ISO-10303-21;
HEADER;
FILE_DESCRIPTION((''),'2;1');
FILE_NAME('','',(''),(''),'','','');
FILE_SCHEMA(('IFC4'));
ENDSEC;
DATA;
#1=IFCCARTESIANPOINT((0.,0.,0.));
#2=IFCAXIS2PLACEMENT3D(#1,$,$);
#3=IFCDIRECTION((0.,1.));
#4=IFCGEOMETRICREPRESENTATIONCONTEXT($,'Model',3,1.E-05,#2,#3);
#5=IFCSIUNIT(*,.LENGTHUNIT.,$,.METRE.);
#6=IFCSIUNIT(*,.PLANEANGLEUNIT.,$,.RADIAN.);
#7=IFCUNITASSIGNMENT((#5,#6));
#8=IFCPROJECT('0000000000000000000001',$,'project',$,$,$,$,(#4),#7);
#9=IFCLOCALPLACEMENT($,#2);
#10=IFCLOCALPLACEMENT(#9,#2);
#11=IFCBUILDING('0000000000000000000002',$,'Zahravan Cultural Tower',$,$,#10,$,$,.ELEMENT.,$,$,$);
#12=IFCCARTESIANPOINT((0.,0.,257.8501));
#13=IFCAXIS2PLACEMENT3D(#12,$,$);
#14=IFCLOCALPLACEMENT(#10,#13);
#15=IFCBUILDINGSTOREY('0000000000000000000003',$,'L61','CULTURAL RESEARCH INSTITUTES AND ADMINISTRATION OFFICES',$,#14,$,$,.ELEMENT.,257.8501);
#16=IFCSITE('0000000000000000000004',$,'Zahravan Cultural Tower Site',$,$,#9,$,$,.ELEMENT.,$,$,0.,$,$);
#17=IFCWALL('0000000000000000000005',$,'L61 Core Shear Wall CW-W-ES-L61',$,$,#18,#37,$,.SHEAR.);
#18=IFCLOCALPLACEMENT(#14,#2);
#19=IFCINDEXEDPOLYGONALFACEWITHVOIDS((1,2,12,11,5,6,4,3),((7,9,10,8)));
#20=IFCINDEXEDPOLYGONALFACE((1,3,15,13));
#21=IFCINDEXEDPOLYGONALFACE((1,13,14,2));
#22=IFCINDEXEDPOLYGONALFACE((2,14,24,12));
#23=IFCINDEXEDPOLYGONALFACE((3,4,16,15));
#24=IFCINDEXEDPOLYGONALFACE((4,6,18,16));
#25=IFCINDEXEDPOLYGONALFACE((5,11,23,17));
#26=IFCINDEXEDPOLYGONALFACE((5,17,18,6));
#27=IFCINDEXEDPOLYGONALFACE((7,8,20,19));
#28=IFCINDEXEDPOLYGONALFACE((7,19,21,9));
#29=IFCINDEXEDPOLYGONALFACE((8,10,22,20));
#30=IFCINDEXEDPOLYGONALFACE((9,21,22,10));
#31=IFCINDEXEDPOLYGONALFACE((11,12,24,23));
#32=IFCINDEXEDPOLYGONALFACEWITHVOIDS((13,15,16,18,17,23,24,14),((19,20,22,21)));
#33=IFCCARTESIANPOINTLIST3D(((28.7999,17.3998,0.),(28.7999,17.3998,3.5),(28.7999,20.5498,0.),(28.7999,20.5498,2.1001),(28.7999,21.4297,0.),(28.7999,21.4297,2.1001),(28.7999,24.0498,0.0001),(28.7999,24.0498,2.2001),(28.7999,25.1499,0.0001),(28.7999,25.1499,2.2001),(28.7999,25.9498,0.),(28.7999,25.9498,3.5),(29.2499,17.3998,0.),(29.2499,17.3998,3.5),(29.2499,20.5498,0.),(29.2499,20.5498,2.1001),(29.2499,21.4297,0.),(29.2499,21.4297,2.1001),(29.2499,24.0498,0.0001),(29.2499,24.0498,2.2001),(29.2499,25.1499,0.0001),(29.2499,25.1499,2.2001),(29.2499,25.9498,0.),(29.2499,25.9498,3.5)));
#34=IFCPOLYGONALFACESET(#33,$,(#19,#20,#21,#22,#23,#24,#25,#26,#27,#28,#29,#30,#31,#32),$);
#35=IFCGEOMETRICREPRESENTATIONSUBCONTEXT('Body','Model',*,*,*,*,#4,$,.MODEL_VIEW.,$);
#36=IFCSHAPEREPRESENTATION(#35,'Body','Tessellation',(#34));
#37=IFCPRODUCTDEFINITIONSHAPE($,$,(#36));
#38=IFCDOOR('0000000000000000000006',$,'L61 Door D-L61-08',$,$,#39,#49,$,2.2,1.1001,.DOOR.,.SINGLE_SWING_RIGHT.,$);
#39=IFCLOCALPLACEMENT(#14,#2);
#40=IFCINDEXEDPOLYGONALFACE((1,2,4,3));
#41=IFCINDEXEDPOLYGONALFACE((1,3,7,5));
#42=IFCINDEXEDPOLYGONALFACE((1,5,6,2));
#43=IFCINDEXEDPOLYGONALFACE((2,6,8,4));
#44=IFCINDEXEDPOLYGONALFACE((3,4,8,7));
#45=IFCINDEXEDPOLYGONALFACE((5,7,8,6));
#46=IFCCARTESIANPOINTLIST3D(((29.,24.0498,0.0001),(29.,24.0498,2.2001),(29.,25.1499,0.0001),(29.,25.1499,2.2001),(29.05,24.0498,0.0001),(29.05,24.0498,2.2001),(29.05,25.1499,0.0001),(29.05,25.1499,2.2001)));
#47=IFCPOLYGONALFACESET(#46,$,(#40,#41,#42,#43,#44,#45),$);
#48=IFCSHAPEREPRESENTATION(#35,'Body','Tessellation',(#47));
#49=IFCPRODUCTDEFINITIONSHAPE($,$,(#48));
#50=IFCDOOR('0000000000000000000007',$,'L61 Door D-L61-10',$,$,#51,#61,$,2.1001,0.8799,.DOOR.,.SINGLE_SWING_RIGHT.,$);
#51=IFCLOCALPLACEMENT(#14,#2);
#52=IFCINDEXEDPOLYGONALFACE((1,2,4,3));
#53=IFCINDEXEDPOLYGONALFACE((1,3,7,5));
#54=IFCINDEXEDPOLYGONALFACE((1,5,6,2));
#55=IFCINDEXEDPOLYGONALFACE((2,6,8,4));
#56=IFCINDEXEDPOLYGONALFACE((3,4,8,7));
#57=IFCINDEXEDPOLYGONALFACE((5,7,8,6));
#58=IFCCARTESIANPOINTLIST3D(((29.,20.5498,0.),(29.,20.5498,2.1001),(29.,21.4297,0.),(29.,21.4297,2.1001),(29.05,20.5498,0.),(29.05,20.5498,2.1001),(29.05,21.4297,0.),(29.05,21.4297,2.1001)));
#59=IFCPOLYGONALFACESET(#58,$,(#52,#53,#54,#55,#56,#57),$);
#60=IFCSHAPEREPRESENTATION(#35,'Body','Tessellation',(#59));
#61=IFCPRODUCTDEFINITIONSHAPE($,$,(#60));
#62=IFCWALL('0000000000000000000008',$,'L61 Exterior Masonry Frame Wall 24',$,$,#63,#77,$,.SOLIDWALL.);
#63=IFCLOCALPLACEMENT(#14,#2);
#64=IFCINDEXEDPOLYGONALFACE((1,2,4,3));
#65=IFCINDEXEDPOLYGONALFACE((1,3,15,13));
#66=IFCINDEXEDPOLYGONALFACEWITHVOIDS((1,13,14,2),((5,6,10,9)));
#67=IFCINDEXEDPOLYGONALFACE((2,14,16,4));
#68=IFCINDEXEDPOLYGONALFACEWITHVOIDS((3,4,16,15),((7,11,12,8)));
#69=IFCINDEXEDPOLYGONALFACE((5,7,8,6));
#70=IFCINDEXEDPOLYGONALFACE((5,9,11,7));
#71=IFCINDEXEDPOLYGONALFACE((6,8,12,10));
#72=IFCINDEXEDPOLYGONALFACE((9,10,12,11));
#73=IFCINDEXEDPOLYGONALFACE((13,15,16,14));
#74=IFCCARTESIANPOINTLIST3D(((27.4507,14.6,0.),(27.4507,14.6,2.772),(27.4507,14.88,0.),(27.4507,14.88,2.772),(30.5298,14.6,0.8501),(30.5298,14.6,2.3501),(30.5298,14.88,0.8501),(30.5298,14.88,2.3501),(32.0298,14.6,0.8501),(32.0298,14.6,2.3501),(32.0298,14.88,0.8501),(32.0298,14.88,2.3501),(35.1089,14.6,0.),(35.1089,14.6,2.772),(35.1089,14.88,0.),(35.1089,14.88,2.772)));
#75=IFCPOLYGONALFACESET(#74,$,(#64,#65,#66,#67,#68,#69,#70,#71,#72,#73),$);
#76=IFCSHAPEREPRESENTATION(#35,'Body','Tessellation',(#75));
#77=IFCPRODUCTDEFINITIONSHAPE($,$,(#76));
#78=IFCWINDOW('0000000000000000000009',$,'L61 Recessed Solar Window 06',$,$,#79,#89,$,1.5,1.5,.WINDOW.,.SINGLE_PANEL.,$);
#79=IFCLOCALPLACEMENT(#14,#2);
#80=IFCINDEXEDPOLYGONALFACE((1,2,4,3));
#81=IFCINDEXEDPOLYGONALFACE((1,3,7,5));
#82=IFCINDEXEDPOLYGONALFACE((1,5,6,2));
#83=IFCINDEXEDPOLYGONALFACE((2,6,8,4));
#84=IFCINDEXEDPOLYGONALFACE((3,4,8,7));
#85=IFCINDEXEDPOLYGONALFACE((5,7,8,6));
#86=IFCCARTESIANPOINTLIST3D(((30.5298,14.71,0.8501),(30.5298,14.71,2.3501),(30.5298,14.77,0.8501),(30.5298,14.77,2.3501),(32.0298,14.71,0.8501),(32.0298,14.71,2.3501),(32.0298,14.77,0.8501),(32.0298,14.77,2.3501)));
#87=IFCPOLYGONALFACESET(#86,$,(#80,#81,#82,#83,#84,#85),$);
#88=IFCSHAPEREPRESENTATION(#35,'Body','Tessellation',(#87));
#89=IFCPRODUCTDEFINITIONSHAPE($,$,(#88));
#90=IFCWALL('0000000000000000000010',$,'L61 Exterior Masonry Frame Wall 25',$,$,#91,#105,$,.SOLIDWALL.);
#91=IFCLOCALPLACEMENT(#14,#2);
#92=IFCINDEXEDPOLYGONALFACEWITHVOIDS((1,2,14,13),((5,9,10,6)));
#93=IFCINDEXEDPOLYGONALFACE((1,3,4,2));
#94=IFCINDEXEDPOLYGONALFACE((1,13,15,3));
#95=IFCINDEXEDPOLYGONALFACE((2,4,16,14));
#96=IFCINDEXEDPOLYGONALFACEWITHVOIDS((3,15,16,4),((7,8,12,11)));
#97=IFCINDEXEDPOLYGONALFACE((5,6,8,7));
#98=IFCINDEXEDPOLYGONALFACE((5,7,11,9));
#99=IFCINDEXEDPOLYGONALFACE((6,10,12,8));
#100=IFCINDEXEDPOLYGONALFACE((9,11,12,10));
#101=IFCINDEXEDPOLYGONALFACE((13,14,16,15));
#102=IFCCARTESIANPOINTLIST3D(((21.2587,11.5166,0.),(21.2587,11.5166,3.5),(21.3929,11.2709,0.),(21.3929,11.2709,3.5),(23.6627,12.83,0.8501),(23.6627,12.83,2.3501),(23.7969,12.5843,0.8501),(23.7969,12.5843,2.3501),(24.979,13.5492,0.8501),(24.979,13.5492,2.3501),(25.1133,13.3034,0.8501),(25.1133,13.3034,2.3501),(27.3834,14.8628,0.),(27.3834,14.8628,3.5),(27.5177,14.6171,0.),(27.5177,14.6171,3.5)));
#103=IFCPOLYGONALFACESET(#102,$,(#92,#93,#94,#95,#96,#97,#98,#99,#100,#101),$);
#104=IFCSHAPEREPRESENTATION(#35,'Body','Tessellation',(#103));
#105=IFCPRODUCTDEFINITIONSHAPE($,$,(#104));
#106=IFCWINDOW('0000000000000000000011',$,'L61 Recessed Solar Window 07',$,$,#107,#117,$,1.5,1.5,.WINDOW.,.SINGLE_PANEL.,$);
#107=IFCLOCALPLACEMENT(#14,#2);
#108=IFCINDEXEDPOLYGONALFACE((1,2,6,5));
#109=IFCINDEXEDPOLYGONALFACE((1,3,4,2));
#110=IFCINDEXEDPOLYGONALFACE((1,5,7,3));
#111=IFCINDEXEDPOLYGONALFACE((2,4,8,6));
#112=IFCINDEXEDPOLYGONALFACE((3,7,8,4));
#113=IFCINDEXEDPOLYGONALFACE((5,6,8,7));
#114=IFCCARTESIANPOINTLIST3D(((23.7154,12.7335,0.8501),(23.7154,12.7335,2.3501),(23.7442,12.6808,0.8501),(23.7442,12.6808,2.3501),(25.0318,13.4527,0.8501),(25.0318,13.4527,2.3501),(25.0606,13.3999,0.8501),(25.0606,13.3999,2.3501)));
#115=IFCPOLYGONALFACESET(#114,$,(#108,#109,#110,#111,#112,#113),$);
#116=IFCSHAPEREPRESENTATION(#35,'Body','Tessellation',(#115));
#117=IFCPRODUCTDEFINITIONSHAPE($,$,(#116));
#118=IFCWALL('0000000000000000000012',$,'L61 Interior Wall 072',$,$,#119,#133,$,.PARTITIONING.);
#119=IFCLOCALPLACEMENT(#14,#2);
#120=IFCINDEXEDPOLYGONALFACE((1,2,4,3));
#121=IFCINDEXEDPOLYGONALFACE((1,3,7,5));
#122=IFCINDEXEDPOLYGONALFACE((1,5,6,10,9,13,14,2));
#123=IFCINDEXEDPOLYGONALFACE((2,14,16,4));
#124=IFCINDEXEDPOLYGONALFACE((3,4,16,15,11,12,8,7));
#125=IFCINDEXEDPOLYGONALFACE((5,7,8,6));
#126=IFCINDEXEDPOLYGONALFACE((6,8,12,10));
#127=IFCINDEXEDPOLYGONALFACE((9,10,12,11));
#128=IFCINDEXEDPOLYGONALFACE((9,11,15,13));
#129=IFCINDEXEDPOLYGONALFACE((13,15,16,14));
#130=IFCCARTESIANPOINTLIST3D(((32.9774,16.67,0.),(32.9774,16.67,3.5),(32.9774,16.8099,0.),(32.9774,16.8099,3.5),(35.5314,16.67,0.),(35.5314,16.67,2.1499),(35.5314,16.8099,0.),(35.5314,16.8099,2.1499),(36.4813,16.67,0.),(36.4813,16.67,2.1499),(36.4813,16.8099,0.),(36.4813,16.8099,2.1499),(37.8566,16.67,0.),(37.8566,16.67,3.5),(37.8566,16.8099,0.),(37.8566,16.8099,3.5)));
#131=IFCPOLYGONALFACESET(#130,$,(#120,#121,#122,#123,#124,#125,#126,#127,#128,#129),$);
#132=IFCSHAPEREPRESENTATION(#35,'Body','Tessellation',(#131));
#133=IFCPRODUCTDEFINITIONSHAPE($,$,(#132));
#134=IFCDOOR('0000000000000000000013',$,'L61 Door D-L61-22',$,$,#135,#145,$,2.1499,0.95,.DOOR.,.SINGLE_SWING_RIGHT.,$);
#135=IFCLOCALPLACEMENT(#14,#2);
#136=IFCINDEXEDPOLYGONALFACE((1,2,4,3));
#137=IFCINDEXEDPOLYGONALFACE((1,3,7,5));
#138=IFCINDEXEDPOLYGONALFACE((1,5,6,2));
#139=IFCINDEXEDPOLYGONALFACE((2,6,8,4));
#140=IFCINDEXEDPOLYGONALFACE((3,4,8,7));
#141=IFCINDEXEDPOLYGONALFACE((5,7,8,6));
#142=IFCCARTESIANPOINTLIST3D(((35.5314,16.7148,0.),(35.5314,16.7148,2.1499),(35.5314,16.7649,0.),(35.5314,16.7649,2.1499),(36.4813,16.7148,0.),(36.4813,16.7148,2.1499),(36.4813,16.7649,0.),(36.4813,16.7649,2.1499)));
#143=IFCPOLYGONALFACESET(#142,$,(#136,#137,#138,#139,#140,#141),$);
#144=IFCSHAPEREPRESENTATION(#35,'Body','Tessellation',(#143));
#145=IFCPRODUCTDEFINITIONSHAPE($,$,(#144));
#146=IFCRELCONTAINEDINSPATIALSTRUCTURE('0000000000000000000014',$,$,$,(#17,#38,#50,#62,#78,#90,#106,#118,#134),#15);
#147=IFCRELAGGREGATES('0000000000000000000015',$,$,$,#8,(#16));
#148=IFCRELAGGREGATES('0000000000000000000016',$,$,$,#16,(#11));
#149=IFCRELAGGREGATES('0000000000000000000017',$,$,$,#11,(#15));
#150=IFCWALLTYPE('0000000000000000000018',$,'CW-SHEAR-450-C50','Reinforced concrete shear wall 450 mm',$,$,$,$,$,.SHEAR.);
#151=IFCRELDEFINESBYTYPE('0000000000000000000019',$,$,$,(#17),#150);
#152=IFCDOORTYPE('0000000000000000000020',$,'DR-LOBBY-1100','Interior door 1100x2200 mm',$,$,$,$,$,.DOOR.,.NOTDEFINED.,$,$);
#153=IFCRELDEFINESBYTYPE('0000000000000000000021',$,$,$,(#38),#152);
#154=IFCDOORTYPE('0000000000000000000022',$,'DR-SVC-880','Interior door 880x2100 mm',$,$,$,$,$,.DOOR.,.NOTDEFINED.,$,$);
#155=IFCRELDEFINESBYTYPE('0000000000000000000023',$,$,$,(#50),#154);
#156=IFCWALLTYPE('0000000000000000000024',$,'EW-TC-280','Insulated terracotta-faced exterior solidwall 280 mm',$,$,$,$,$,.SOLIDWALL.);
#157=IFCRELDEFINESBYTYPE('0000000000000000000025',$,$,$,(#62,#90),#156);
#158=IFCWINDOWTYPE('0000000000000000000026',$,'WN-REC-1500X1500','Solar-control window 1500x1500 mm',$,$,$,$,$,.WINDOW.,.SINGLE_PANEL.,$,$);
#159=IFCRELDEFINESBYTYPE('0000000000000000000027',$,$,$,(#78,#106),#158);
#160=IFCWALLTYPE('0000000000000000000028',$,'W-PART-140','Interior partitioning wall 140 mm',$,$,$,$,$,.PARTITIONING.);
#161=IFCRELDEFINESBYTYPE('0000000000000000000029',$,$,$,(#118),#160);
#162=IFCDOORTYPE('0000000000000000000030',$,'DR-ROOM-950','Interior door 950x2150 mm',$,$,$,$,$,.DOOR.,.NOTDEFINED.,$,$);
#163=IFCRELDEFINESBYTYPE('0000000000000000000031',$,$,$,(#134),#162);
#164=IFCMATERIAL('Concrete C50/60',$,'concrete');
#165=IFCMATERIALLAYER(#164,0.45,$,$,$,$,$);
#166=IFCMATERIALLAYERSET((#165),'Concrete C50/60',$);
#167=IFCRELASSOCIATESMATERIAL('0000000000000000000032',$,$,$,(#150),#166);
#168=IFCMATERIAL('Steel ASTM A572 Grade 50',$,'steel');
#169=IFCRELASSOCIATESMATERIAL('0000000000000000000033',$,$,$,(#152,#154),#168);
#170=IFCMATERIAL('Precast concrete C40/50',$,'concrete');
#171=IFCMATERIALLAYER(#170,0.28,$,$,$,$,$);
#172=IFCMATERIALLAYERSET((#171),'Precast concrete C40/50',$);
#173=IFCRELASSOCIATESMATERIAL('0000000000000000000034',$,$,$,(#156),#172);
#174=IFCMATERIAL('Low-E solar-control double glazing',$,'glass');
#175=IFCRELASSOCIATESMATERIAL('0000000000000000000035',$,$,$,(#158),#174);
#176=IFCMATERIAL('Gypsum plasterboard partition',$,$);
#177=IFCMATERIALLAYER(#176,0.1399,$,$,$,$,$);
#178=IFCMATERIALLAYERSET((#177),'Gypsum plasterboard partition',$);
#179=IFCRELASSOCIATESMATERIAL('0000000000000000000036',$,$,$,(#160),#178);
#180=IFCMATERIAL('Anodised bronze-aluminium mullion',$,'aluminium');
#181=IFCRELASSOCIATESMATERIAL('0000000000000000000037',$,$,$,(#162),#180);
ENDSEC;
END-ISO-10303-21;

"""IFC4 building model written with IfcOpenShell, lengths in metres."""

from ifc_helpers import new_model, si_unit, direction, frame, frame_2d, origin, place, context, subcontext, project, spatial, rectangle, extrude, source, transform, mapped, material, layer, layer_set, type_object, element, fill, save


model = new_model("IFC4")

# Units and contexts
model_context = context("Model", 3, precision=1e-05, world=origin(), true_north=direction((0.0, 1.0)))
body_context = subcontext(model_context, "Body", "Model", "MODEL_VIEW")
ifc_project = project(units=[si_unit("LENGTHUNIT", "METRE"), si_unit("PLANEANGLEUNIT", "RADIAN")], contexts=[model_context])

# Site, building, storey
site_placement = place(None, origin())
site = spatial("IfcSite", under=ifc_project, at=site_placement, Name="Zahravan Cultural Tower Site", CompositionType="ELEMENT", RefElevation=0.0)
building_placement = place(site_placement, origin())
building = spatial("IfcBuilding", under=site, at=building_placement, Name="Zahravan Cultural Tower", CompositionType="ELEMENT")
storey_placement = place(building_placement, frame((0.0, 0.0, 257.8501)))
storey = spatial("IfcBuildingStorey", under=building, at=storey_placement, Name="L61", Description="CULTURAL RESEARCH INSTITUTES AND ADMINISTRATION OFFICES", CompositionType="ELEMENT", Elevation=257.8501)

# Shared definitions
ifc_material_1 = material(Name="Concrete C50/60", Category="concrete")

# Wall, openings, doors
ifc_layer_1 = layer(ifc_material_1, 0.45)
ifc_layer_set_1 = layer_set([ifc_layer_1], Name="Concrete C50/60")
wall_type_1 = type_object("IfcWallType", Name="CW-SHEAR-450-C50", Description="Reinforced concrete shear wall 450 mm", PredefinedType="SHEAR", material=ifc_layer_set_1)
wall_1_placement = place(storey_placement, frame((29.0249, 17.3999, 0.0), z_axis=(0.0, 0.0, 1.0), x_axis=(0.0, 1.0, 0.0)))
wall_1 = element("IfcWall", 1, at=wall_1_placement, inside=storey, type_object=wall_type_1, Name="L61 Core Shear Wall CW-W-ES-L61", PredefinedType="SHEAR", context=body_context, shape_type="SweptSolid", body=[
    extrude(rectangle(XDim=8.55, YDim=0.45, at=frame_2d((4.2749, 0.0))), origin(), (0.0, 0.0, 1.0), 3.5),
])
opening_1_placement = place(wall_1_placement, frame((6.6499, 0.0, 0.0)))
opening_1 = element("IfcOpeningElement", 2, at=opening_1_placement, cuts=wall_1, PredefinedType="OPENING", context=body_context, shape_type="SweptSolid", body=[
    extrude(rectangle(XDim=1.1001, YDim=2.2, at=frame_2d((0.55, 1.1001))), frame((0.0, 0.2349, 0.0), z_axis=(0.0, -1.0, 0.0), x_axis=(1.0, 0.0, 0.0)), (0.0, 0.0, 1.0), 0.47),
])
opening_2_placement = place(wall_1_placement, frame((3.1499, 0.0, 0.0)))
opening_2 = element("IfcOpeningElement", 3, at=opening_2_placement, cuts=wall_1, PredefinedType="OPENING", context=body_context, shape_type="SweptSolid", body=[
    extrude(rectangle(XDim=0.8799, YDim=2.1001, at=frame_2d((0.4399, 1.05))), frame((0.0, 0.2349, 0.0), z_axis=(0.0, -1.0, 0.0), x_axis=(1.0, 0.0, 0.0)), (0.0, 0.0, 1.0), 0.47),
])
ifc_material_2 = material(Name="Steel ASTM A572 Grade 50", Category="steel")
door_type_1 = type_object("IfcDoorType", Name="DR-LOBBY-1100", Description="Interior door 1100x2200 mm", OperationType="NOTDEFINED", PredefinedType="DOOR", material=ifc_material_2)
shared_shape_1 = source(origin(), body_context, "Body", "SweptSolid", [
    extrude(rectangle(XDim=1.1001, YDim=2.2, at=frame_2d((0.55, 1.1001))), frame((0.0, 0.0249, 0.0), z_axis=(0.0, -1.0, 0.0), x_axis=(1.0, 0.0, 0.0)), (0.0, 0.0, 1.0), 0.05),
])
door_1_placement = place(opening_1_placement, origin())
door_1 = element("IfcDoor", 4, at=door_1_placement, inside=storey, type_object=door_type_1, Name="L61 Door D-L61-08", OperationType="SINGLE_SWING_RIGHT", OverallHeight=2.2, OverallWidth=1.1001, PredefinedType="DOOR", context=body_context, shape_type="MappedRepresentation", body=[
    mapped(shared_shape_1, transform((0.0, 0.0, 0.0), x_axis=(1.0, 0.0, 0.0), y_axis=(0.0, 1.0, 0.0), z_axis=(0.0, 0.0, 1.0), scale=1.0)),
])
fill(opening_1, door_1)
door_type_2 = type_object("IfcDoorType", Name="DR-SVC-880", Description="Interior door 880x2100 mm", OperationType="NOTDEFINED", PredefinedType="DOOR", material=ifc_material_2)
shared_shape_2 = source(origin(), body_context, "Body", "SweptSolid", [
    extrude(rectangle(XDim=0.8799, YDim=2.1001, at=frame_2d((0.4399, 1.05))), frame((0.0, 0.0249, 0.0), z_axis=(0.0, -1.0, 0.0), x_axis=(1.0, 0.0, 0.0)), (0.0, 0.0, 1.0), 0.05),
])
door_2_placement = place(opening_2_placement, origin())
door_2 = element("IfcDoor", 5, at=door_2_placement, inside=storey, type_object=door_type_2, Name="L61 Door D-L61-10", OperationType="SINGLE_SWING_RIGHT", OverallHeight=2.1001, OverallWidth=0.8799, PredefinedType="DOOR", context=body_context, shape_type="MappedRepresentation", body=[
    mapped(shared_shape_2, transform((0.0, 0.0, 0.0), x_axis=(1.0, 0.0, 0.0), y_axis=(0.0, 1.0, 0.0), z_axis=(0.0, 0.0, 1.0), scale=1.0)),
])
fill(opening_2, door_2)

# Walls, openings, windows
ifc_material_3 = material(Name="Precast concrete C40/50", Category="concrete")
ifc_layer_2 = layer(ifc_material_3, 0.28)
ifc_layer_set_2 = layer_set([ifc_layer_2], Name="Precast concrete C40/50")
wall_type_2 = type_object("IfcWallType", Name="EW-TC-280", Description="Insulated terracotta-faced exterior solidwall 280 mm", PredefinedType="SOLIDWALL", material=ifc_layer_set_2)
wall_2_placement = place(storey_placement, frame((35.1089, 14.74, 0.0), z_axis=(0.0, 0.0, 1.0), x_axis=(-1.0, 0.0, 0.0)))
wall_2 = element("IfcWall", 6, at=wall_2_placement, inside=storey, type_object=wall_type_2, Name="L61 Exterior Masonry Frame Wall 24", PredefinedType="SOLIDWALL", context=body_context, shape_type="SweptSolid", body=[
    extrude(rectangle(XDim=7.6582, YDim=0.28, at=frame_2d((3.8291, 0.0))), origin(), (0.0, 0.0, 1.0), 2.772),
])
opening_3_placement = place(wall_2_placement, frame((3.0791, 0.0, 0.8501)))
opening_3 = element("IfcOpeningElement", 7, at=opening_3_placement, cuts=wall_2, PredefinedType="OPENING", context=body_context, shape_type="SweptSolid", body=[
    extrude(rectangle(XDim=1.5, YDim=1.5, at=frame_2d((0.75, 0.75))), frame((0.0, 0.1499, 0.0), z_axis=(0.0, -1.0, 0.0), x_axis=(1.0, 0.0, 0.0)), (0.0, 0.0, 1.0), 0.3),
])
ifc_material_4 = material(Name="Low-E solar-control double glazing", Category="glass")
window_type = type_object("IfcWindowType", Name="WN-REC-1500X1500", Description="Solar-control window 1500x1500 mm", PartitioningType="SINGLE_PANEL", PredefinedType="WINDOW", material=ifc_material_4)
shared_shape_3 = source(origin(), body_context, "Body", "SweptSolid", [
    extrude(rectangle(XDim=1.5, YDim=1.5, at=frame_2d((0.75, 0.75))), frame((0.0, 0.03, 0.0), z_axis=(0.0, -1.0, 0.0), x_axis=(1.0, 0.0, 0.0)), (0.0, 0.0, 1.0), 0.0601),
])
window_1_placement = place(opening_3_placement, origin())
window_1 = element("IfcWindow", 8, at=window_1_placement, inside=storey, type_object=window_type, Name="L61 Recessed Solar Window 06", OverallHeight=1.5, OverallWidth=1.5, PartitioningType="SINGLE_PANEL", PredefinedType="WINDOW", context=body_context, shape_type="MappedRepresentation", body=[
    mapped(shared_shape_3, transform((0.0, 0.0, 0.0), x_axis=(1.0, 0.0, 0.0), y_axis=(0.0, 1.0, 0.0), z_axis=(0.0, 0.0, 1.0), scale=1.0)),
])
fill(opening_3, window_1)
wall_3_placement = place(storey_placement, frame((27.4507, 14.74, 0.0), z_axis=(0.0, 0.0, 1.0), x_axis=(-0.877569, -0.47945, 0.0)))
wall_3 = element("IfcWall", 9, at=wall_3_placement, inside=storey, type_object=wall_type_2, Name="L61 Exterior Masonry Frame Wall 25", PredefinedType="SOLIDWALL", context=body_context, shape_type="SweptSolid", body=[
    extrude(rectangle(XDim=6.9792, YDim=0.28, at=frame_2d((3.4897, 0.0))), origin(), (0.0, 0.0, 1.0), 3.5),
])
opening_4_placement = place(wall_3_placement, frame((2.74, 0.0, 0.8501)))
opening_4 = element("IfcOpeningElement", 10, at=opening_4_placement, cuts=wall_3, PredefinedType="OPENING", context=body_context, shape_type="SweptSolid", body=[
    extrude(rectangle(XDim=1.5, YDim=1.5, at=frame_2d((0.75, 0.75))), frame((0.0, 0.1499, 0.0), z_axis=(0.0, -1.0, 0.0), x_axis=(1.0, 0.0, 0.0)), (0.0, 0.0, 1.0), 0.3),
])
window_2_placement = place(opening_4_placement, origin())
window_2 = element("IfcWindow", 11, at=window_2_placement, inside=storey, type_object=window_type, Name="L61 Recessed Solar Window 07", OverallHeight=1.5, OverallWidth=1.5, PartitioningType="SINGLE_PANEL", PredefinedType="WINDOW", context=body_context, shape_type="MappedRepresentation", body=[
    mapped(shared_shape_3, transform((0.0, 0.0, 0.0), x_axis=(1.0, 0.0, 0.0), y_axis=(0.0, 1.0, 0.0), z_axis=(0.0, 0.0, 1.0), scale=1.0)),
])
fill(opening_4, window_2)

# Wall, opening, door
ifc_material_5 = material(Name="Gypsum plasterboard partition")
ifc_layer_3 = layer(ifc_material_5, 0.1399)
ifc_layer_set_3 = layer_set([ifc_layer_3], Name="Gypsum plasterboard partition")
wall_type_3 = type_object("IfcWallType", Name="W-PART-140", Description="Interior partitioning wall 140 mm", PredefinedType="PARTITIONING", material=ifc_layer_set_3)
wall_4_placement = place(storey_placement, frame((32.9775, 16.74, 0.0), z_axis=(0.0, 0.0, 1.0), x_axis=(1.0, 0.0, 0.0)))
wall_4 = element("IfcWall", 12, at=wall_4_placement, inside=storey, type_object=wall_type_3, Name="L61 Interior Wall 072", PredefinedType="PARTITIONING", context=body_context, shape_type="SweptSolid", body=[
    extrude(rectangle(XDim=4.8792, YDim=0.1399, at=frame_2d((2.4395, 0.0))), origin(), (0.0, 0.0, 1.0), 3.5),
])
opening_5_placement = place(wall_4_placement, frame((2.5537, 0.0, 0.0)))
opening_5 = element("IfcOpeningElement", 13, at=opening_5_placement, cuts=wall_4, PredefinedType="OPENING", context=body_context, shape_type="SweptSolid", body=[
    extrude(rectangle(XDim=0.95, YDim=2.1499, at=frame_2d((0.4751, 1.075))), frame((0.0, 0.0798, 0.0), z_axis=(0.0, -1.0, 0.0), x_axis=(1.0, 0.0, 0.0)), (0.0, 0.0, 1.0), 0.1599),
])
ifc_material_6 = material(Name="Anodised bronze-aluminium mullion", Category="aluminium")
door_type_3 = type_object("IfcDoorType", Name="DR-ROOM-950", Description="Interior door 950x2150 mm", OperationType="NOTDEFINED", PredefinedType="DOOR", material=ifc_material_6)
shared_shape_4 = source(origin(), body_context, "Body", "SweptSolid", [
    extrude(rectangle(XDim=0.95, YDim=2.1499, at=frame_2d((0.4751, 1.075))), frame((0.0, 0.0249, 0.0), z_axis=(0.0, -1.0, 0.0), x_axis=(1.0, 0.0, 0.0)), (0.0, 0.0, 1.0), 0.05),
])
door_3_placement = place(opening_5_placement, origin())
door_3 = element("IfcDoor", 14, at=door_3_placement, inside=storey, type_object=door_type_3, Name="L61 Door D-L61-22", OperationType="SINGLE_SWING_RIGHT", OverallHeight=2.1499, OverallWidth=0.95, PredefinedType="DOOR", context=body_context, shape_type="MappedRepresentation", body=[
    mapped(shared_shape_4, transform((0.0, 0.0, 0.0), x_axis=(1.0, 0.0, 0.0), y_axis=(0.0, 1.0, 0.0), z_axis=(0.0, 0.0, 1.0), scale=1.0)),
])
fill(opening_5, door_3)

save(model, "model.ifc")
